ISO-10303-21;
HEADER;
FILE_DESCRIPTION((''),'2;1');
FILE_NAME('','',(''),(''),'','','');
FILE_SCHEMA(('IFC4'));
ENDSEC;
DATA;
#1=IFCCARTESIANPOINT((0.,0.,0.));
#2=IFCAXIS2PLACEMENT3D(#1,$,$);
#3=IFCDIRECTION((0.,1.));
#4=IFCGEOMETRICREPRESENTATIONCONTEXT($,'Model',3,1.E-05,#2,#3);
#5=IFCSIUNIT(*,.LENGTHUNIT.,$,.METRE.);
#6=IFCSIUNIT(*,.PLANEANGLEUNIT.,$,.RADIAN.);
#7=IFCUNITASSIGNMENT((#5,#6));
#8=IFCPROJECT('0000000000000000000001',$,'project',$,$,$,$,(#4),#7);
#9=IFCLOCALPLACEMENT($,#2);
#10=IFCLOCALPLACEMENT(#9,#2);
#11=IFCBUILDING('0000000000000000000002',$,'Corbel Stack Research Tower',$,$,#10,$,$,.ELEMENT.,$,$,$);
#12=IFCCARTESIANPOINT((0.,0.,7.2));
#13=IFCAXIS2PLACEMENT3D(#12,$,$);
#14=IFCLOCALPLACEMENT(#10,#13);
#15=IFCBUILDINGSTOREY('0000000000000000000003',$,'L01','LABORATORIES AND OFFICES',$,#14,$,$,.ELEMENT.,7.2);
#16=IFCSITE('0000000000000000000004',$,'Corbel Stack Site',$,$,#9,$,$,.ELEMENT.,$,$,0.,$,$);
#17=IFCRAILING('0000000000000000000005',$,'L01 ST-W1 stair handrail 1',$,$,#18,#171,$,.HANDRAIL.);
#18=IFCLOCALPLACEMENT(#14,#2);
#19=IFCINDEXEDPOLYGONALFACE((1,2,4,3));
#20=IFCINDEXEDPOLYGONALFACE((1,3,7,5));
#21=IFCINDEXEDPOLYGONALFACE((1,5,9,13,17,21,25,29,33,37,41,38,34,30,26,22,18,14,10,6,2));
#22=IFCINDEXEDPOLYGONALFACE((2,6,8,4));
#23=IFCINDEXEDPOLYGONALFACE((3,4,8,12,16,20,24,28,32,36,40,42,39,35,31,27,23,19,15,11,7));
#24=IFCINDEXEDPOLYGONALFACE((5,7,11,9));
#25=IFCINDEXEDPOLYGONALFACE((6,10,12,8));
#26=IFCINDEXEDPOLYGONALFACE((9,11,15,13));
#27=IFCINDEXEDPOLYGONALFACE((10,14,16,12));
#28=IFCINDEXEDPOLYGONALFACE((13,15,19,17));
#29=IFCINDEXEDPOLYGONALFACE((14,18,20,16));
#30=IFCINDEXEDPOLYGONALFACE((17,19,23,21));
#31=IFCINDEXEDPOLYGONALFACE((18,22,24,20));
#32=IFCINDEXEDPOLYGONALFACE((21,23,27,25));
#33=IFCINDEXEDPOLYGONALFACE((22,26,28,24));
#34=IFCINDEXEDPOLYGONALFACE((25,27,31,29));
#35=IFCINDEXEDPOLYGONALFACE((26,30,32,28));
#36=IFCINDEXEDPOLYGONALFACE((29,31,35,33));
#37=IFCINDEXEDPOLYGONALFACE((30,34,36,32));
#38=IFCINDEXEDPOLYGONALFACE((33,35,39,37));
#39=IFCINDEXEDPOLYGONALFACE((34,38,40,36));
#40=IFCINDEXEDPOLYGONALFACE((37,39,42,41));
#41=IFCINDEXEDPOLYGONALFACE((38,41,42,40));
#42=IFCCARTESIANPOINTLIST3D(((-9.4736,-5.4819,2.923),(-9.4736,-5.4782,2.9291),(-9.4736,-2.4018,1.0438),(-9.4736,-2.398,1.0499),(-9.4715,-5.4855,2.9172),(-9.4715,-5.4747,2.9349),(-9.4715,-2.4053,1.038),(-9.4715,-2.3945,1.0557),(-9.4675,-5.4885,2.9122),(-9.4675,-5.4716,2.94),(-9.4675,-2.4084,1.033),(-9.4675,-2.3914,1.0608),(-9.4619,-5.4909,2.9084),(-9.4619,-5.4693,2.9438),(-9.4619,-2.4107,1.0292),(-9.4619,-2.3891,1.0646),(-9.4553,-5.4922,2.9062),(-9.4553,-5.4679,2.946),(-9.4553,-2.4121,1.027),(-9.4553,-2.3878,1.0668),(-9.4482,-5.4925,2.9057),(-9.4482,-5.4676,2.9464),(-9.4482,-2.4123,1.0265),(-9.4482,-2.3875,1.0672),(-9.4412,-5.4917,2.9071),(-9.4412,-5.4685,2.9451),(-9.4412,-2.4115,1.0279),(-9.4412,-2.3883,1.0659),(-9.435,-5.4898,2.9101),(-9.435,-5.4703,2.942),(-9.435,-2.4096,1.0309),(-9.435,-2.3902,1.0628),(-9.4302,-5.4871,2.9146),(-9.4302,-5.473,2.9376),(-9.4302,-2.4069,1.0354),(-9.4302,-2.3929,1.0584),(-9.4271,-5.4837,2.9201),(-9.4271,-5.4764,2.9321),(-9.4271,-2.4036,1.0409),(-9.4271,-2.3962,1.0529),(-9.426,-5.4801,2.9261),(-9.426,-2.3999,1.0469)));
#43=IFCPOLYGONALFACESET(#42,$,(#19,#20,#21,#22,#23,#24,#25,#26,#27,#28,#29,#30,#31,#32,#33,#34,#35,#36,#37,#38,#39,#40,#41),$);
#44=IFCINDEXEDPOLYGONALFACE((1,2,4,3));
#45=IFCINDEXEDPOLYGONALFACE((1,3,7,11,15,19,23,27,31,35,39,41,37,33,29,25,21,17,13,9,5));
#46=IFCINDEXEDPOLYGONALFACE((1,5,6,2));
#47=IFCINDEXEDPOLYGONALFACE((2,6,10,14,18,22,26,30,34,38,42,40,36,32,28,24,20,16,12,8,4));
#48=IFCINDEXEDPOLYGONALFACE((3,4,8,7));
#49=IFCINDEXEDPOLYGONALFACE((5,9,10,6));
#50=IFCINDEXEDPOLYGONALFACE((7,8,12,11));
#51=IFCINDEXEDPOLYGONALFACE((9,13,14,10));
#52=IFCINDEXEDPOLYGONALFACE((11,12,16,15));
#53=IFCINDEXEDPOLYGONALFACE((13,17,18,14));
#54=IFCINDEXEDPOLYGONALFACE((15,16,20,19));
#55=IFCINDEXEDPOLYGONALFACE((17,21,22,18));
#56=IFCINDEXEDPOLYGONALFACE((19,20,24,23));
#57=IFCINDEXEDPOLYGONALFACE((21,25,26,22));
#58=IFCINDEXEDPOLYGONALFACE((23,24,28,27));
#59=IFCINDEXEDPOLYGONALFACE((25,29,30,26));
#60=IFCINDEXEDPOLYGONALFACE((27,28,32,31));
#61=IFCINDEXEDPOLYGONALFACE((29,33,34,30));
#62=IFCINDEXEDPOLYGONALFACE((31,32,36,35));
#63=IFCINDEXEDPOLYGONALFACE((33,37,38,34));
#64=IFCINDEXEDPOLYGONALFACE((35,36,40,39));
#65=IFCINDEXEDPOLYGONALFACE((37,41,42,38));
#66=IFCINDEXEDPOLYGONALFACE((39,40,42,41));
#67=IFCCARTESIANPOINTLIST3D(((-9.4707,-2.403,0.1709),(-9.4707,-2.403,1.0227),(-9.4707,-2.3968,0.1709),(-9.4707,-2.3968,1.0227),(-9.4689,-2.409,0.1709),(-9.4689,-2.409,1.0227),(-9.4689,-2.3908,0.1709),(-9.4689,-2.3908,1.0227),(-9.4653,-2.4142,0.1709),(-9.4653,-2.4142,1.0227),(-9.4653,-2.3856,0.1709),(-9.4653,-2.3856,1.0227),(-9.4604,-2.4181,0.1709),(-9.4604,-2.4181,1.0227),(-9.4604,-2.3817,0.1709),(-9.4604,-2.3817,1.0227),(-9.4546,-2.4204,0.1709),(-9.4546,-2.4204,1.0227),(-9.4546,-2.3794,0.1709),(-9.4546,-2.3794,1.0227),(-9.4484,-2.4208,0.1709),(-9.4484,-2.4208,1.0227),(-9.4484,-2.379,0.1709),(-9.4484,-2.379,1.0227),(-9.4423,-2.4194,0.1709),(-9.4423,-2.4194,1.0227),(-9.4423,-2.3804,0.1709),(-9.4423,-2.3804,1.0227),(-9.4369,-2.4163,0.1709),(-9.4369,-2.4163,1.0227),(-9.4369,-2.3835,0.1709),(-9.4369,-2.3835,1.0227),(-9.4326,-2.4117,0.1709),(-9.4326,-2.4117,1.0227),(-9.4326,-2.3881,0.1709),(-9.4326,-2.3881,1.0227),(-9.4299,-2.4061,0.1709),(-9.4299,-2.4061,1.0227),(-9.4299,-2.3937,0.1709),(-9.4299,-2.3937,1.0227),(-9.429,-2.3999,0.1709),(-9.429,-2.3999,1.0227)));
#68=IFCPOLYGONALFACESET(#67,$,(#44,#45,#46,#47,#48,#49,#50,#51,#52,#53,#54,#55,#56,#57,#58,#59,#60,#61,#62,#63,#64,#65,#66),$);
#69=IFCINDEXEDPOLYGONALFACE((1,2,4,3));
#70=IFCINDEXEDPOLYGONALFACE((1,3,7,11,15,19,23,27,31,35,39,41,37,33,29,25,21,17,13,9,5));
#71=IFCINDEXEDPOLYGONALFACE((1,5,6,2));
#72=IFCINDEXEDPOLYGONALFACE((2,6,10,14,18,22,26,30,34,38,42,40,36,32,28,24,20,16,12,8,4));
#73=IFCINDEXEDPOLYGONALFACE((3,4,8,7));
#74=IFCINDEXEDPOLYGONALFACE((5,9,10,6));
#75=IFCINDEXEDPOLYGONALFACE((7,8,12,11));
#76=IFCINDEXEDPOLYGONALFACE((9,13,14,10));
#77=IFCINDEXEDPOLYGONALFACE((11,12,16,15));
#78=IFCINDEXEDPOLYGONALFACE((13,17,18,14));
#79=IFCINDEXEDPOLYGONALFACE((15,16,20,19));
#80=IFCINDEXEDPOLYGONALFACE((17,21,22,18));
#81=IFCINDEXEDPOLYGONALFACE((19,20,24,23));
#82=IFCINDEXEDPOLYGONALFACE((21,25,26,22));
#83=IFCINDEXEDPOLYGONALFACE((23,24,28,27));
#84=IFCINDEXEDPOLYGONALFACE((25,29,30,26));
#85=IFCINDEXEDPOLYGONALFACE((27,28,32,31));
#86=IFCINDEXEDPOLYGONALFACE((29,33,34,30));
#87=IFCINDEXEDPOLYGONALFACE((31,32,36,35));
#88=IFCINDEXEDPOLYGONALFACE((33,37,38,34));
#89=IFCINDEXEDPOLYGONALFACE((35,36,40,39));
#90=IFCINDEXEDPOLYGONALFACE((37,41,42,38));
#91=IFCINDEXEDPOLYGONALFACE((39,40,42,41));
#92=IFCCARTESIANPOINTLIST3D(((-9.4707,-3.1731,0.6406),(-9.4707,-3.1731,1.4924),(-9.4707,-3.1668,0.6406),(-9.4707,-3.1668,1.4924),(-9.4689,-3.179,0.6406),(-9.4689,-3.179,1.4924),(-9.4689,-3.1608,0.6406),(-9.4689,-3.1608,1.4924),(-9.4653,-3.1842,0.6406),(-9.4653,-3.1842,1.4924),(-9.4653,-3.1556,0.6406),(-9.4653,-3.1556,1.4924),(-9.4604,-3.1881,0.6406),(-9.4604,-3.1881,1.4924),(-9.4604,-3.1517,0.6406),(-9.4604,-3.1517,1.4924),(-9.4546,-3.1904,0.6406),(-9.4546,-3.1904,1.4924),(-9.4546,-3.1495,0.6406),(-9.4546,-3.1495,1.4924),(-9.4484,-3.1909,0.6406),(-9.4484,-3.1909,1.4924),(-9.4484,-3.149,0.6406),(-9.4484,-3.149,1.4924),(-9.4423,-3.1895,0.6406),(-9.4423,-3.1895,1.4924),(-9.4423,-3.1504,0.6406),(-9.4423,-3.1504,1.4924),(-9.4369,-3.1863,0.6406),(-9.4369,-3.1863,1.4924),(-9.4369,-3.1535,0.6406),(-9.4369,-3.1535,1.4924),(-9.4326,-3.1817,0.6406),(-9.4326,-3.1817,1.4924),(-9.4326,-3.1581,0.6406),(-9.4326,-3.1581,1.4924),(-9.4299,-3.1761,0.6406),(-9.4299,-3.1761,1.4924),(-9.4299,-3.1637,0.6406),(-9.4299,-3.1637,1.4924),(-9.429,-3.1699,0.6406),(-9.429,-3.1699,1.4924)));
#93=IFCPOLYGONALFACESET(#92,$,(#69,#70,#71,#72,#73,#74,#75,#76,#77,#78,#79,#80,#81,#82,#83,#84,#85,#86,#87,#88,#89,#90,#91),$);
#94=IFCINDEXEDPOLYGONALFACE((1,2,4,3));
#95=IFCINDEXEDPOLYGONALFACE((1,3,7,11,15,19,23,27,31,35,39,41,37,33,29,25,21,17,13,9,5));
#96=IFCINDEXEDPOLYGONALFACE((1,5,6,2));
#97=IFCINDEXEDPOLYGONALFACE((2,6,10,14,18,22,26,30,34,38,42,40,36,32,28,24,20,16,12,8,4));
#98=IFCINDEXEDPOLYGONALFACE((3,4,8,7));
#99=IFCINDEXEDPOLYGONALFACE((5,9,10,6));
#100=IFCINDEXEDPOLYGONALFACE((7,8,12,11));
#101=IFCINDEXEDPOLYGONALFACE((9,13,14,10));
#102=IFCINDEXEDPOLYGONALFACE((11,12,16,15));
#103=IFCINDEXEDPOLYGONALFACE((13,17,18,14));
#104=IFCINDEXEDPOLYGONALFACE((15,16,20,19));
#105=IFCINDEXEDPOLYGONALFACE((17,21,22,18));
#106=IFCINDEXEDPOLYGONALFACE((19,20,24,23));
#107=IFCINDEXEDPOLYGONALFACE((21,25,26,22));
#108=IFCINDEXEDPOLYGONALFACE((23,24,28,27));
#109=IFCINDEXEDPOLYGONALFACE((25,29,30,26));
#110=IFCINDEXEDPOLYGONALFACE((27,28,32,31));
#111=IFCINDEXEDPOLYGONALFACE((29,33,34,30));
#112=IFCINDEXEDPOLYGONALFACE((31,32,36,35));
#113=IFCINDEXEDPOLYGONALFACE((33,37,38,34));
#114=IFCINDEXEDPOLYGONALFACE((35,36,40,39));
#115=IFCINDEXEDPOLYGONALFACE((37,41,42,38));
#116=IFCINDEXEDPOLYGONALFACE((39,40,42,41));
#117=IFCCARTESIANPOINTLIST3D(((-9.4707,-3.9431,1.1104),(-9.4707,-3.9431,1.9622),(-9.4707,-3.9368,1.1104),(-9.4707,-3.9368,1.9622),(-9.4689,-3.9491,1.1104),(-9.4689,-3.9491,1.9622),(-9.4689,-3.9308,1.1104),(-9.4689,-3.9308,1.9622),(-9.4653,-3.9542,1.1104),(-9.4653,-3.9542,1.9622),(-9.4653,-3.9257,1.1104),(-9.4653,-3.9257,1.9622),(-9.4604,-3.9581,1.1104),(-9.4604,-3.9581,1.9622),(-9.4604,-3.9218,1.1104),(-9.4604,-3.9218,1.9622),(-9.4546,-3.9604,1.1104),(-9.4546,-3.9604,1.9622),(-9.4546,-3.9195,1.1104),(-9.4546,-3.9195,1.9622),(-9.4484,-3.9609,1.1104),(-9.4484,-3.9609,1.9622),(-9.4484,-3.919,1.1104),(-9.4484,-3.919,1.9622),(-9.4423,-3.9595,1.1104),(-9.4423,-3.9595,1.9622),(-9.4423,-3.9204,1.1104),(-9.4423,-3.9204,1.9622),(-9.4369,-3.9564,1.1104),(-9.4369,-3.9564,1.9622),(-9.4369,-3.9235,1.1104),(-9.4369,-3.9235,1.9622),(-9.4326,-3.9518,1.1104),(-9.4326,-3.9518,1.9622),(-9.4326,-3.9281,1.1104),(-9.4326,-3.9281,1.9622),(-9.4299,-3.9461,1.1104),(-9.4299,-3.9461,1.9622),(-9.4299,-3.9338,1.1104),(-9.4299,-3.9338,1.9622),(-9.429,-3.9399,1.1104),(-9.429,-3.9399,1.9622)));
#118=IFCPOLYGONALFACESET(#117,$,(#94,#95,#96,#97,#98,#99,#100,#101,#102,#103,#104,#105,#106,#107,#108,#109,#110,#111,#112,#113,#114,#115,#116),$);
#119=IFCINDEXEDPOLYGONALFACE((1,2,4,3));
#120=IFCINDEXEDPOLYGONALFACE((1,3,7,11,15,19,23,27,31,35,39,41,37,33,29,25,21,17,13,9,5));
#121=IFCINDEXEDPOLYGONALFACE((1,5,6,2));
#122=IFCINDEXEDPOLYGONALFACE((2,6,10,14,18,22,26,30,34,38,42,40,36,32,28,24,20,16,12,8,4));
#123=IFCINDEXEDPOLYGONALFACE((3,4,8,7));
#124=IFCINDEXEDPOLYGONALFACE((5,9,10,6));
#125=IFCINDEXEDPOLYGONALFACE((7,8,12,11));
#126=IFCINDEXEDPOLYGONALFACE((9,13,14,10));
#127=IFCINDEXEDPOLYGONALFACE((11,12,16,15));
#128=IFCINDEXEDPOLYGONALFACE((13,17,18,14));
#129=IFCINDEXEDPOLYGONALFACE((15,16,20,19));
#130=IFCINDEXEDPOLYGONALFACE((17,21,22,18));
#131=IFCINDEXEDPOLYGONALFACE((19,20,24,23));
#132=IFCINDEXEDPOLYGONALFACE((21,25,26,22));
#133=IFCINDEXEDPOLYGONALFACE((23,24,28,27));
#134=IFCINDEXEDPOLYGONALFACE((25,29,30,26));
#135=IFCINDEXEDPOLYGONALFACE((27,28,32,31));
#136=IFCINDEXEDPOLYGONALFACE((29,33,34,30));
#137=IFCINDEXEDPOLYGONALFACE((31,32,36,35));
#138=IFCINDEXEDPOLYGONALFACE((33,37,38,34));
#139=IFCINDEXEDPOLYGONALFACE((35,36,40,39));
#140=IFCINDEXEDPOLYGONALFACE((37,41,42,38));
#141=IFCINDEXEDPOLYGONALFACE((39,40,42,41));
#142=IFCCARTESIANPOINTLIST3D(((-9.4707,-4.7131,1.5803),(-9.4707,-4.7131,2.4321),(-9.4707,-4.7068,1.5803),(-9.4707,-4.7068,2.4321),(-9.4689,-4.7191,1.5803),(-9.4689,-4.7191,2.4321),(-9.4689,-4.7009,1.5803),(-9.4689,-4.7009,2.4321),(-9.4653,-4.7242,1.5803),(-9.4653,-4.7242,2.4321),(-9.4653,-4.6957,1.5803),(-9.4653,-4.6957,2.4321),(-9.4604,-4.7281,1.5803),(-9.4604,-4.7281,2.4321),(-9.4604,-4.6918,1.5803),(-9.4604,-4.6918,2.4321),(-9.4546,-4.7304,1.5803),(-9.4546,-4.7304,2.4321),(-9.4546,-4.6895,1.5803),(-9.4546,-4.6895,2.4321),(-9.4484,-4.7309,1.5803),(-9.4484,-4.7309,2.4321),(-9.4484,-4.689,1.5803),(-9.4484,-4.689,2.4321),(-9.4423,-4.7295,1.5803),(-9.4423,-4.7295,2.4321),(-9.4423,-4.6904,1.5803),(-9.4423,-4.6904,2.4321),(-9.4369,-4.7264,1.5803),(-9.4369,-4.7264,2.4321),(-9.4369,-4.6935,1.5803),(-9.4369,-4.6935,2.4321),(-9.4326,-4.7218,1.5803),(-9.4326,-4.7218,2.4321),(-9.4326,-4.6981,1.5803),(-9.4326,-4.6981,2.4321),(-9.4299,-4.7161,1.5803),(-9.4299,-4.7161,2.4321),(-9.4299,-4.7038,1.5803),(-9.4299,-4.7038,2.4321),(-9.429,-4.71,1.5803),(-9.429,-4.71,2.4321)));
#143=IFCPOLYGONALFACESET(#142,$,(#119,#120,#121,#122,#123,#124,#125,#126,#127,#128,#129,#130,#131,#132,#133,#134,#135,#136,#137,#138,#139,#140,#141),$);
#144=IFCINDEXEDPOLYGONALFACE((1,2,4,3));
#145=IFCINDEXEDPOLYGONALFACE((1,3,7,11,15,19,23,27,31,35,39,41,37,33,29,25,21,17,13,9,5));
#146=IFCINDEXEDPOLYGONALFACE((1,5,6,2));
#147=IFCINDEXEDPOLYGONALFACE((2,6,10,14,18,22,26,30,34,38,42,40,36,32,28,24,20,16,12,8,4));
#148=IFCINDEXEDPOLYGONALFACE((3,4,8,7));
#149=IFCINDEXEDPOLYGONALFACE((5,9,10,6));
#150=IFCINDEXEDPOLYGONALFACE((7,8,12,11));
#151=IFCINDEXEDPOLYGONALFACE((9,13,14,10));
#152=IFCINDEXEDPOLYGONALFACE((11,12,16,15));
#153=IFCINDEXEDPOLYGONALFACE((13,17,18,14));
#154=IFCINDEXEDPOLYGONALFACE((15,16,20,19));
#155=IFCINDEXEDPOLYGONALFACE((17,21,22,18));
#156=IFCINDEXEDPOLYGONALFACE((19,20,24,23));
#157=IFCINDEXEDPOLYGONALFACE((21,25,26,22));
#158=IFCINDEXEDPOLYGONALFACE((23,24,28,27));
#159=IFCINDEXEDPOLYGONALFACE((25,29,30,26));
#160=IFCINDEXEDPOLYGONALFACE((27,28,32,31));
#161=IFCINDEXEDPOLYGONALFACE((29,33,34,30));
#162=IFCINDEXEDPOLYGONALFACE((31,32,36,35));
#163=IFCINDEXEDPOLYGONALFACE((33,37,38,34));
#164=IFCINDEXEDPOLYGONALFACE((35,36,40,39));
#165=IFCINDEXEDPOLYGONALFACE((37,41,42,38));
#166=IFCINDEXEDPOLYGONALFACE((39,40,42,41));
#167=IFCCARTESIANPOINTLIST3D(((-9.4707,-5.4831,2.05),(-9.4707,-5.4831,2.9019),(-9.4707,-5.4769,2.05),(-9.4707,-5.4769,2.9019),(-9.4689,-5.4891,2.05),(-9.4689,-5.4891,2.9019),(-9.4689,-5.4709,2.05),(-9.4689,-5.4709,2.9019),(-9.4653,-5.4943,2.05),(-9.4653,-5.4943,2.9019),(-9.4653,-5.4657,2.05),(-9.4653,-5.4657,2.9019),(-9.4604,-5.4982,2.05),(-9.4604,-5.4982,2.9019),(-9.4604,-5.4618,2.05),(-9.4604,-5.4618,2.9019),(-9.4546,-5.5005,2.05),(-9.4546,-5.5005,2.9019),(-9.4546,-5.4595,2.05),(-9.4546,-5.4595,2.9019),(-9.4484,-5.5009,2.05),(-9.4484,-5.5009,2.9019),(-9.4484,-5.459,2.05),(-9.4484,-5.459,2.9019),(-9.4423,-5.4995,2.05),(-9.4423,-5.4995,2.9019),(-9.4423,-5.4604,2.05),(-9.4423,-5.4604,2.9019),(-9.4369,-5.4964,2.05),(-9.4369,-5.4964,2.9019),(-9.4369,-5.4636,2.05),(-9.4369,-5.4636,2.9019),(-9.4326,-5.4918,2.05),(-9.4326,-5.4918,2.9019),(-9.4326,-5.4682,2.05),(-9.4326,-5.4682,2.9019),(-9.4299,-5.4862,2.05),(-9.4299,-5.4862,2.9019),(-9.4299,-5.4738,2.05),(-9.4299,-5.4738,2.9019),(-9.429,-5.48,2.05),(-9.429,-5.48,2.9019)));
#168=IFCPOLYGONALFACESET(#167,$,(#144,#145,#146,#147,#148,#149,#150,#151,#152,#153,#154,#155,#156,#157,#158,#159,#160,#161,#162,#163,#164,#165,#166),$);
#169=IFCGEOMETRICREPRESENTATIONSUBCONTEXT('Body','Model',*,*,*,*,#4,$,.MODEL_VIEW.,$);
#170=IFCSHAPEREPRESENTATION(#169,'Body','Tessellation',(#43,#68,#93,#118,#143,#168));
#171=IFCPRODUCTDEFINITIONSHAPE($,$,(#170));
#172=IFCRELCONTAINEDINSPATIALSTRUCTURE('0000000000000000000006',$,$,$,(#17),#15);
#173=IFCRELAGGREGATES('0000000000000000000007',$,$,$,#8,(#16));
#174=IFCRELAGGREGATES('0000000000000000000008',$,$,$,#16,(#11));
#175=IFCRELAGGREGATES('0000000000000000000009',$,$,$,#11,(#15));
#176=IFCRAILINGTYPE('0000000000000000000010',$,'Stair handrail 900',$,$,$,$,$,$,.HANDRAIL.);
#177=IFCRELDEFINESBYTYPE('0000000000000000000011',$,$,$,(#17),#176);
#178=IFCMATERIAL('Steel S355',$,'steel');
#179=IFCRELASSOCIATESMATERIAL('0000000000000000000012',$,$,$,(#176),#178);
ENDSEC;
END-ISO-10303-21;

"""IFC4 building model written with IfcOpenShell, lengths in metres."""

from ifc_helpers import new_model, si_unit, direction, frame, origin, origin_2d, place, context, subcontext, project, spatial, circle, extrude, material, type_object, element, save


model = new_model("IFC4")

# Units and contexts
model_context = context("Model", 3, precision=1e-05, world=origin(), true_north=direction((0.0, 1.0)))
body_context = subcontext(model_context, "Body", "Model", "MODEL_VIEW")
ifc_project = project(units=[si_unit("LENGTHUNIT", "METRE"), si_unit("PLANEANGLEUNIT", "RADIAN")], contexts=[model_context])

# Site, building, storey
site_placement = place(None, origin())
site = spatial("IfcSite", under=ifc_project, at=site_placement, Name="Corbel Stack Site", CompositionType="ELEMENT", RefElevation=0.0)
building_placement = place(site_placement, origin())
building = spatial("IfcBuilding", under=site, at=building_placement, Name="Corbel Stack Research Tower", CompositionType="ELEMENT")
storey_placement = place(building_placement, frame((0.0, 0.0, 7.2)))
storey = spatial("IfcBuildingStorey", under=building, at=storey_placement, Name="L01", Description="LABORATORIES AND OFFICES", CompositionType="ELEMENT", Elevation=7.2)

# Railing
ifc_material_1 = material(Name="Steel S355", Category="steel")
railing_type_1 = type_object("IfcRailingType", Name="Stair handrail 900", PredefinedType="HANDRAIL", material=ifc_material_1)
railing_1_placement = place(storey_placement, frame((-9.45, -2.3999, 0.1709)))
element("IfcRailing", 1, at=railing_1_placement, inside=storey, type_object=railing_type_1, Name="L01 ST-W1 stair handrail 1", PredefinedType="HANDRAIL", context=body_context, shape_type="SweptSolid", body=[
    extrude(circle(Radius=0.0239, at=origin_2d()), frame((0.0, 0.0, 0.876), z_axis=(0.0, -0.853666, 0.52082), x_axis=(1.0, 0.0, 0.0)), (0.0, 0.0, 1.0), 3.6082),
    extrude(circle(Radius=0.021, at=origin_2d()), origin(), (0.0, 0.0, 1.0), 0.8518),
    extrude(circle(Radius=0.021, at=origin_2d()), frame((0.0, -0.77, 0.4697)), (0.0, 0.0, 1.0), 0.8518),
    extrude(circle(Radius=0.021, at=origin_2d()), frame((0.0, -1.54, 0.9395)), (0.0, 0.0, 1.0), 0.8518),
    extrude(circle(Radius=0.021, at=origin_2d()), frame((0.0, -2.3101, 1.4094)), (0.0, 0.0, 1.0), 0.8518),
    extrude(circle(Radius=0.021, at=origin_2d()), frame((0.0, -3.0801, 1.8792)), (0.0, 0.0, 1.0), 0.8518),
])

save(model, "model.ifc")
